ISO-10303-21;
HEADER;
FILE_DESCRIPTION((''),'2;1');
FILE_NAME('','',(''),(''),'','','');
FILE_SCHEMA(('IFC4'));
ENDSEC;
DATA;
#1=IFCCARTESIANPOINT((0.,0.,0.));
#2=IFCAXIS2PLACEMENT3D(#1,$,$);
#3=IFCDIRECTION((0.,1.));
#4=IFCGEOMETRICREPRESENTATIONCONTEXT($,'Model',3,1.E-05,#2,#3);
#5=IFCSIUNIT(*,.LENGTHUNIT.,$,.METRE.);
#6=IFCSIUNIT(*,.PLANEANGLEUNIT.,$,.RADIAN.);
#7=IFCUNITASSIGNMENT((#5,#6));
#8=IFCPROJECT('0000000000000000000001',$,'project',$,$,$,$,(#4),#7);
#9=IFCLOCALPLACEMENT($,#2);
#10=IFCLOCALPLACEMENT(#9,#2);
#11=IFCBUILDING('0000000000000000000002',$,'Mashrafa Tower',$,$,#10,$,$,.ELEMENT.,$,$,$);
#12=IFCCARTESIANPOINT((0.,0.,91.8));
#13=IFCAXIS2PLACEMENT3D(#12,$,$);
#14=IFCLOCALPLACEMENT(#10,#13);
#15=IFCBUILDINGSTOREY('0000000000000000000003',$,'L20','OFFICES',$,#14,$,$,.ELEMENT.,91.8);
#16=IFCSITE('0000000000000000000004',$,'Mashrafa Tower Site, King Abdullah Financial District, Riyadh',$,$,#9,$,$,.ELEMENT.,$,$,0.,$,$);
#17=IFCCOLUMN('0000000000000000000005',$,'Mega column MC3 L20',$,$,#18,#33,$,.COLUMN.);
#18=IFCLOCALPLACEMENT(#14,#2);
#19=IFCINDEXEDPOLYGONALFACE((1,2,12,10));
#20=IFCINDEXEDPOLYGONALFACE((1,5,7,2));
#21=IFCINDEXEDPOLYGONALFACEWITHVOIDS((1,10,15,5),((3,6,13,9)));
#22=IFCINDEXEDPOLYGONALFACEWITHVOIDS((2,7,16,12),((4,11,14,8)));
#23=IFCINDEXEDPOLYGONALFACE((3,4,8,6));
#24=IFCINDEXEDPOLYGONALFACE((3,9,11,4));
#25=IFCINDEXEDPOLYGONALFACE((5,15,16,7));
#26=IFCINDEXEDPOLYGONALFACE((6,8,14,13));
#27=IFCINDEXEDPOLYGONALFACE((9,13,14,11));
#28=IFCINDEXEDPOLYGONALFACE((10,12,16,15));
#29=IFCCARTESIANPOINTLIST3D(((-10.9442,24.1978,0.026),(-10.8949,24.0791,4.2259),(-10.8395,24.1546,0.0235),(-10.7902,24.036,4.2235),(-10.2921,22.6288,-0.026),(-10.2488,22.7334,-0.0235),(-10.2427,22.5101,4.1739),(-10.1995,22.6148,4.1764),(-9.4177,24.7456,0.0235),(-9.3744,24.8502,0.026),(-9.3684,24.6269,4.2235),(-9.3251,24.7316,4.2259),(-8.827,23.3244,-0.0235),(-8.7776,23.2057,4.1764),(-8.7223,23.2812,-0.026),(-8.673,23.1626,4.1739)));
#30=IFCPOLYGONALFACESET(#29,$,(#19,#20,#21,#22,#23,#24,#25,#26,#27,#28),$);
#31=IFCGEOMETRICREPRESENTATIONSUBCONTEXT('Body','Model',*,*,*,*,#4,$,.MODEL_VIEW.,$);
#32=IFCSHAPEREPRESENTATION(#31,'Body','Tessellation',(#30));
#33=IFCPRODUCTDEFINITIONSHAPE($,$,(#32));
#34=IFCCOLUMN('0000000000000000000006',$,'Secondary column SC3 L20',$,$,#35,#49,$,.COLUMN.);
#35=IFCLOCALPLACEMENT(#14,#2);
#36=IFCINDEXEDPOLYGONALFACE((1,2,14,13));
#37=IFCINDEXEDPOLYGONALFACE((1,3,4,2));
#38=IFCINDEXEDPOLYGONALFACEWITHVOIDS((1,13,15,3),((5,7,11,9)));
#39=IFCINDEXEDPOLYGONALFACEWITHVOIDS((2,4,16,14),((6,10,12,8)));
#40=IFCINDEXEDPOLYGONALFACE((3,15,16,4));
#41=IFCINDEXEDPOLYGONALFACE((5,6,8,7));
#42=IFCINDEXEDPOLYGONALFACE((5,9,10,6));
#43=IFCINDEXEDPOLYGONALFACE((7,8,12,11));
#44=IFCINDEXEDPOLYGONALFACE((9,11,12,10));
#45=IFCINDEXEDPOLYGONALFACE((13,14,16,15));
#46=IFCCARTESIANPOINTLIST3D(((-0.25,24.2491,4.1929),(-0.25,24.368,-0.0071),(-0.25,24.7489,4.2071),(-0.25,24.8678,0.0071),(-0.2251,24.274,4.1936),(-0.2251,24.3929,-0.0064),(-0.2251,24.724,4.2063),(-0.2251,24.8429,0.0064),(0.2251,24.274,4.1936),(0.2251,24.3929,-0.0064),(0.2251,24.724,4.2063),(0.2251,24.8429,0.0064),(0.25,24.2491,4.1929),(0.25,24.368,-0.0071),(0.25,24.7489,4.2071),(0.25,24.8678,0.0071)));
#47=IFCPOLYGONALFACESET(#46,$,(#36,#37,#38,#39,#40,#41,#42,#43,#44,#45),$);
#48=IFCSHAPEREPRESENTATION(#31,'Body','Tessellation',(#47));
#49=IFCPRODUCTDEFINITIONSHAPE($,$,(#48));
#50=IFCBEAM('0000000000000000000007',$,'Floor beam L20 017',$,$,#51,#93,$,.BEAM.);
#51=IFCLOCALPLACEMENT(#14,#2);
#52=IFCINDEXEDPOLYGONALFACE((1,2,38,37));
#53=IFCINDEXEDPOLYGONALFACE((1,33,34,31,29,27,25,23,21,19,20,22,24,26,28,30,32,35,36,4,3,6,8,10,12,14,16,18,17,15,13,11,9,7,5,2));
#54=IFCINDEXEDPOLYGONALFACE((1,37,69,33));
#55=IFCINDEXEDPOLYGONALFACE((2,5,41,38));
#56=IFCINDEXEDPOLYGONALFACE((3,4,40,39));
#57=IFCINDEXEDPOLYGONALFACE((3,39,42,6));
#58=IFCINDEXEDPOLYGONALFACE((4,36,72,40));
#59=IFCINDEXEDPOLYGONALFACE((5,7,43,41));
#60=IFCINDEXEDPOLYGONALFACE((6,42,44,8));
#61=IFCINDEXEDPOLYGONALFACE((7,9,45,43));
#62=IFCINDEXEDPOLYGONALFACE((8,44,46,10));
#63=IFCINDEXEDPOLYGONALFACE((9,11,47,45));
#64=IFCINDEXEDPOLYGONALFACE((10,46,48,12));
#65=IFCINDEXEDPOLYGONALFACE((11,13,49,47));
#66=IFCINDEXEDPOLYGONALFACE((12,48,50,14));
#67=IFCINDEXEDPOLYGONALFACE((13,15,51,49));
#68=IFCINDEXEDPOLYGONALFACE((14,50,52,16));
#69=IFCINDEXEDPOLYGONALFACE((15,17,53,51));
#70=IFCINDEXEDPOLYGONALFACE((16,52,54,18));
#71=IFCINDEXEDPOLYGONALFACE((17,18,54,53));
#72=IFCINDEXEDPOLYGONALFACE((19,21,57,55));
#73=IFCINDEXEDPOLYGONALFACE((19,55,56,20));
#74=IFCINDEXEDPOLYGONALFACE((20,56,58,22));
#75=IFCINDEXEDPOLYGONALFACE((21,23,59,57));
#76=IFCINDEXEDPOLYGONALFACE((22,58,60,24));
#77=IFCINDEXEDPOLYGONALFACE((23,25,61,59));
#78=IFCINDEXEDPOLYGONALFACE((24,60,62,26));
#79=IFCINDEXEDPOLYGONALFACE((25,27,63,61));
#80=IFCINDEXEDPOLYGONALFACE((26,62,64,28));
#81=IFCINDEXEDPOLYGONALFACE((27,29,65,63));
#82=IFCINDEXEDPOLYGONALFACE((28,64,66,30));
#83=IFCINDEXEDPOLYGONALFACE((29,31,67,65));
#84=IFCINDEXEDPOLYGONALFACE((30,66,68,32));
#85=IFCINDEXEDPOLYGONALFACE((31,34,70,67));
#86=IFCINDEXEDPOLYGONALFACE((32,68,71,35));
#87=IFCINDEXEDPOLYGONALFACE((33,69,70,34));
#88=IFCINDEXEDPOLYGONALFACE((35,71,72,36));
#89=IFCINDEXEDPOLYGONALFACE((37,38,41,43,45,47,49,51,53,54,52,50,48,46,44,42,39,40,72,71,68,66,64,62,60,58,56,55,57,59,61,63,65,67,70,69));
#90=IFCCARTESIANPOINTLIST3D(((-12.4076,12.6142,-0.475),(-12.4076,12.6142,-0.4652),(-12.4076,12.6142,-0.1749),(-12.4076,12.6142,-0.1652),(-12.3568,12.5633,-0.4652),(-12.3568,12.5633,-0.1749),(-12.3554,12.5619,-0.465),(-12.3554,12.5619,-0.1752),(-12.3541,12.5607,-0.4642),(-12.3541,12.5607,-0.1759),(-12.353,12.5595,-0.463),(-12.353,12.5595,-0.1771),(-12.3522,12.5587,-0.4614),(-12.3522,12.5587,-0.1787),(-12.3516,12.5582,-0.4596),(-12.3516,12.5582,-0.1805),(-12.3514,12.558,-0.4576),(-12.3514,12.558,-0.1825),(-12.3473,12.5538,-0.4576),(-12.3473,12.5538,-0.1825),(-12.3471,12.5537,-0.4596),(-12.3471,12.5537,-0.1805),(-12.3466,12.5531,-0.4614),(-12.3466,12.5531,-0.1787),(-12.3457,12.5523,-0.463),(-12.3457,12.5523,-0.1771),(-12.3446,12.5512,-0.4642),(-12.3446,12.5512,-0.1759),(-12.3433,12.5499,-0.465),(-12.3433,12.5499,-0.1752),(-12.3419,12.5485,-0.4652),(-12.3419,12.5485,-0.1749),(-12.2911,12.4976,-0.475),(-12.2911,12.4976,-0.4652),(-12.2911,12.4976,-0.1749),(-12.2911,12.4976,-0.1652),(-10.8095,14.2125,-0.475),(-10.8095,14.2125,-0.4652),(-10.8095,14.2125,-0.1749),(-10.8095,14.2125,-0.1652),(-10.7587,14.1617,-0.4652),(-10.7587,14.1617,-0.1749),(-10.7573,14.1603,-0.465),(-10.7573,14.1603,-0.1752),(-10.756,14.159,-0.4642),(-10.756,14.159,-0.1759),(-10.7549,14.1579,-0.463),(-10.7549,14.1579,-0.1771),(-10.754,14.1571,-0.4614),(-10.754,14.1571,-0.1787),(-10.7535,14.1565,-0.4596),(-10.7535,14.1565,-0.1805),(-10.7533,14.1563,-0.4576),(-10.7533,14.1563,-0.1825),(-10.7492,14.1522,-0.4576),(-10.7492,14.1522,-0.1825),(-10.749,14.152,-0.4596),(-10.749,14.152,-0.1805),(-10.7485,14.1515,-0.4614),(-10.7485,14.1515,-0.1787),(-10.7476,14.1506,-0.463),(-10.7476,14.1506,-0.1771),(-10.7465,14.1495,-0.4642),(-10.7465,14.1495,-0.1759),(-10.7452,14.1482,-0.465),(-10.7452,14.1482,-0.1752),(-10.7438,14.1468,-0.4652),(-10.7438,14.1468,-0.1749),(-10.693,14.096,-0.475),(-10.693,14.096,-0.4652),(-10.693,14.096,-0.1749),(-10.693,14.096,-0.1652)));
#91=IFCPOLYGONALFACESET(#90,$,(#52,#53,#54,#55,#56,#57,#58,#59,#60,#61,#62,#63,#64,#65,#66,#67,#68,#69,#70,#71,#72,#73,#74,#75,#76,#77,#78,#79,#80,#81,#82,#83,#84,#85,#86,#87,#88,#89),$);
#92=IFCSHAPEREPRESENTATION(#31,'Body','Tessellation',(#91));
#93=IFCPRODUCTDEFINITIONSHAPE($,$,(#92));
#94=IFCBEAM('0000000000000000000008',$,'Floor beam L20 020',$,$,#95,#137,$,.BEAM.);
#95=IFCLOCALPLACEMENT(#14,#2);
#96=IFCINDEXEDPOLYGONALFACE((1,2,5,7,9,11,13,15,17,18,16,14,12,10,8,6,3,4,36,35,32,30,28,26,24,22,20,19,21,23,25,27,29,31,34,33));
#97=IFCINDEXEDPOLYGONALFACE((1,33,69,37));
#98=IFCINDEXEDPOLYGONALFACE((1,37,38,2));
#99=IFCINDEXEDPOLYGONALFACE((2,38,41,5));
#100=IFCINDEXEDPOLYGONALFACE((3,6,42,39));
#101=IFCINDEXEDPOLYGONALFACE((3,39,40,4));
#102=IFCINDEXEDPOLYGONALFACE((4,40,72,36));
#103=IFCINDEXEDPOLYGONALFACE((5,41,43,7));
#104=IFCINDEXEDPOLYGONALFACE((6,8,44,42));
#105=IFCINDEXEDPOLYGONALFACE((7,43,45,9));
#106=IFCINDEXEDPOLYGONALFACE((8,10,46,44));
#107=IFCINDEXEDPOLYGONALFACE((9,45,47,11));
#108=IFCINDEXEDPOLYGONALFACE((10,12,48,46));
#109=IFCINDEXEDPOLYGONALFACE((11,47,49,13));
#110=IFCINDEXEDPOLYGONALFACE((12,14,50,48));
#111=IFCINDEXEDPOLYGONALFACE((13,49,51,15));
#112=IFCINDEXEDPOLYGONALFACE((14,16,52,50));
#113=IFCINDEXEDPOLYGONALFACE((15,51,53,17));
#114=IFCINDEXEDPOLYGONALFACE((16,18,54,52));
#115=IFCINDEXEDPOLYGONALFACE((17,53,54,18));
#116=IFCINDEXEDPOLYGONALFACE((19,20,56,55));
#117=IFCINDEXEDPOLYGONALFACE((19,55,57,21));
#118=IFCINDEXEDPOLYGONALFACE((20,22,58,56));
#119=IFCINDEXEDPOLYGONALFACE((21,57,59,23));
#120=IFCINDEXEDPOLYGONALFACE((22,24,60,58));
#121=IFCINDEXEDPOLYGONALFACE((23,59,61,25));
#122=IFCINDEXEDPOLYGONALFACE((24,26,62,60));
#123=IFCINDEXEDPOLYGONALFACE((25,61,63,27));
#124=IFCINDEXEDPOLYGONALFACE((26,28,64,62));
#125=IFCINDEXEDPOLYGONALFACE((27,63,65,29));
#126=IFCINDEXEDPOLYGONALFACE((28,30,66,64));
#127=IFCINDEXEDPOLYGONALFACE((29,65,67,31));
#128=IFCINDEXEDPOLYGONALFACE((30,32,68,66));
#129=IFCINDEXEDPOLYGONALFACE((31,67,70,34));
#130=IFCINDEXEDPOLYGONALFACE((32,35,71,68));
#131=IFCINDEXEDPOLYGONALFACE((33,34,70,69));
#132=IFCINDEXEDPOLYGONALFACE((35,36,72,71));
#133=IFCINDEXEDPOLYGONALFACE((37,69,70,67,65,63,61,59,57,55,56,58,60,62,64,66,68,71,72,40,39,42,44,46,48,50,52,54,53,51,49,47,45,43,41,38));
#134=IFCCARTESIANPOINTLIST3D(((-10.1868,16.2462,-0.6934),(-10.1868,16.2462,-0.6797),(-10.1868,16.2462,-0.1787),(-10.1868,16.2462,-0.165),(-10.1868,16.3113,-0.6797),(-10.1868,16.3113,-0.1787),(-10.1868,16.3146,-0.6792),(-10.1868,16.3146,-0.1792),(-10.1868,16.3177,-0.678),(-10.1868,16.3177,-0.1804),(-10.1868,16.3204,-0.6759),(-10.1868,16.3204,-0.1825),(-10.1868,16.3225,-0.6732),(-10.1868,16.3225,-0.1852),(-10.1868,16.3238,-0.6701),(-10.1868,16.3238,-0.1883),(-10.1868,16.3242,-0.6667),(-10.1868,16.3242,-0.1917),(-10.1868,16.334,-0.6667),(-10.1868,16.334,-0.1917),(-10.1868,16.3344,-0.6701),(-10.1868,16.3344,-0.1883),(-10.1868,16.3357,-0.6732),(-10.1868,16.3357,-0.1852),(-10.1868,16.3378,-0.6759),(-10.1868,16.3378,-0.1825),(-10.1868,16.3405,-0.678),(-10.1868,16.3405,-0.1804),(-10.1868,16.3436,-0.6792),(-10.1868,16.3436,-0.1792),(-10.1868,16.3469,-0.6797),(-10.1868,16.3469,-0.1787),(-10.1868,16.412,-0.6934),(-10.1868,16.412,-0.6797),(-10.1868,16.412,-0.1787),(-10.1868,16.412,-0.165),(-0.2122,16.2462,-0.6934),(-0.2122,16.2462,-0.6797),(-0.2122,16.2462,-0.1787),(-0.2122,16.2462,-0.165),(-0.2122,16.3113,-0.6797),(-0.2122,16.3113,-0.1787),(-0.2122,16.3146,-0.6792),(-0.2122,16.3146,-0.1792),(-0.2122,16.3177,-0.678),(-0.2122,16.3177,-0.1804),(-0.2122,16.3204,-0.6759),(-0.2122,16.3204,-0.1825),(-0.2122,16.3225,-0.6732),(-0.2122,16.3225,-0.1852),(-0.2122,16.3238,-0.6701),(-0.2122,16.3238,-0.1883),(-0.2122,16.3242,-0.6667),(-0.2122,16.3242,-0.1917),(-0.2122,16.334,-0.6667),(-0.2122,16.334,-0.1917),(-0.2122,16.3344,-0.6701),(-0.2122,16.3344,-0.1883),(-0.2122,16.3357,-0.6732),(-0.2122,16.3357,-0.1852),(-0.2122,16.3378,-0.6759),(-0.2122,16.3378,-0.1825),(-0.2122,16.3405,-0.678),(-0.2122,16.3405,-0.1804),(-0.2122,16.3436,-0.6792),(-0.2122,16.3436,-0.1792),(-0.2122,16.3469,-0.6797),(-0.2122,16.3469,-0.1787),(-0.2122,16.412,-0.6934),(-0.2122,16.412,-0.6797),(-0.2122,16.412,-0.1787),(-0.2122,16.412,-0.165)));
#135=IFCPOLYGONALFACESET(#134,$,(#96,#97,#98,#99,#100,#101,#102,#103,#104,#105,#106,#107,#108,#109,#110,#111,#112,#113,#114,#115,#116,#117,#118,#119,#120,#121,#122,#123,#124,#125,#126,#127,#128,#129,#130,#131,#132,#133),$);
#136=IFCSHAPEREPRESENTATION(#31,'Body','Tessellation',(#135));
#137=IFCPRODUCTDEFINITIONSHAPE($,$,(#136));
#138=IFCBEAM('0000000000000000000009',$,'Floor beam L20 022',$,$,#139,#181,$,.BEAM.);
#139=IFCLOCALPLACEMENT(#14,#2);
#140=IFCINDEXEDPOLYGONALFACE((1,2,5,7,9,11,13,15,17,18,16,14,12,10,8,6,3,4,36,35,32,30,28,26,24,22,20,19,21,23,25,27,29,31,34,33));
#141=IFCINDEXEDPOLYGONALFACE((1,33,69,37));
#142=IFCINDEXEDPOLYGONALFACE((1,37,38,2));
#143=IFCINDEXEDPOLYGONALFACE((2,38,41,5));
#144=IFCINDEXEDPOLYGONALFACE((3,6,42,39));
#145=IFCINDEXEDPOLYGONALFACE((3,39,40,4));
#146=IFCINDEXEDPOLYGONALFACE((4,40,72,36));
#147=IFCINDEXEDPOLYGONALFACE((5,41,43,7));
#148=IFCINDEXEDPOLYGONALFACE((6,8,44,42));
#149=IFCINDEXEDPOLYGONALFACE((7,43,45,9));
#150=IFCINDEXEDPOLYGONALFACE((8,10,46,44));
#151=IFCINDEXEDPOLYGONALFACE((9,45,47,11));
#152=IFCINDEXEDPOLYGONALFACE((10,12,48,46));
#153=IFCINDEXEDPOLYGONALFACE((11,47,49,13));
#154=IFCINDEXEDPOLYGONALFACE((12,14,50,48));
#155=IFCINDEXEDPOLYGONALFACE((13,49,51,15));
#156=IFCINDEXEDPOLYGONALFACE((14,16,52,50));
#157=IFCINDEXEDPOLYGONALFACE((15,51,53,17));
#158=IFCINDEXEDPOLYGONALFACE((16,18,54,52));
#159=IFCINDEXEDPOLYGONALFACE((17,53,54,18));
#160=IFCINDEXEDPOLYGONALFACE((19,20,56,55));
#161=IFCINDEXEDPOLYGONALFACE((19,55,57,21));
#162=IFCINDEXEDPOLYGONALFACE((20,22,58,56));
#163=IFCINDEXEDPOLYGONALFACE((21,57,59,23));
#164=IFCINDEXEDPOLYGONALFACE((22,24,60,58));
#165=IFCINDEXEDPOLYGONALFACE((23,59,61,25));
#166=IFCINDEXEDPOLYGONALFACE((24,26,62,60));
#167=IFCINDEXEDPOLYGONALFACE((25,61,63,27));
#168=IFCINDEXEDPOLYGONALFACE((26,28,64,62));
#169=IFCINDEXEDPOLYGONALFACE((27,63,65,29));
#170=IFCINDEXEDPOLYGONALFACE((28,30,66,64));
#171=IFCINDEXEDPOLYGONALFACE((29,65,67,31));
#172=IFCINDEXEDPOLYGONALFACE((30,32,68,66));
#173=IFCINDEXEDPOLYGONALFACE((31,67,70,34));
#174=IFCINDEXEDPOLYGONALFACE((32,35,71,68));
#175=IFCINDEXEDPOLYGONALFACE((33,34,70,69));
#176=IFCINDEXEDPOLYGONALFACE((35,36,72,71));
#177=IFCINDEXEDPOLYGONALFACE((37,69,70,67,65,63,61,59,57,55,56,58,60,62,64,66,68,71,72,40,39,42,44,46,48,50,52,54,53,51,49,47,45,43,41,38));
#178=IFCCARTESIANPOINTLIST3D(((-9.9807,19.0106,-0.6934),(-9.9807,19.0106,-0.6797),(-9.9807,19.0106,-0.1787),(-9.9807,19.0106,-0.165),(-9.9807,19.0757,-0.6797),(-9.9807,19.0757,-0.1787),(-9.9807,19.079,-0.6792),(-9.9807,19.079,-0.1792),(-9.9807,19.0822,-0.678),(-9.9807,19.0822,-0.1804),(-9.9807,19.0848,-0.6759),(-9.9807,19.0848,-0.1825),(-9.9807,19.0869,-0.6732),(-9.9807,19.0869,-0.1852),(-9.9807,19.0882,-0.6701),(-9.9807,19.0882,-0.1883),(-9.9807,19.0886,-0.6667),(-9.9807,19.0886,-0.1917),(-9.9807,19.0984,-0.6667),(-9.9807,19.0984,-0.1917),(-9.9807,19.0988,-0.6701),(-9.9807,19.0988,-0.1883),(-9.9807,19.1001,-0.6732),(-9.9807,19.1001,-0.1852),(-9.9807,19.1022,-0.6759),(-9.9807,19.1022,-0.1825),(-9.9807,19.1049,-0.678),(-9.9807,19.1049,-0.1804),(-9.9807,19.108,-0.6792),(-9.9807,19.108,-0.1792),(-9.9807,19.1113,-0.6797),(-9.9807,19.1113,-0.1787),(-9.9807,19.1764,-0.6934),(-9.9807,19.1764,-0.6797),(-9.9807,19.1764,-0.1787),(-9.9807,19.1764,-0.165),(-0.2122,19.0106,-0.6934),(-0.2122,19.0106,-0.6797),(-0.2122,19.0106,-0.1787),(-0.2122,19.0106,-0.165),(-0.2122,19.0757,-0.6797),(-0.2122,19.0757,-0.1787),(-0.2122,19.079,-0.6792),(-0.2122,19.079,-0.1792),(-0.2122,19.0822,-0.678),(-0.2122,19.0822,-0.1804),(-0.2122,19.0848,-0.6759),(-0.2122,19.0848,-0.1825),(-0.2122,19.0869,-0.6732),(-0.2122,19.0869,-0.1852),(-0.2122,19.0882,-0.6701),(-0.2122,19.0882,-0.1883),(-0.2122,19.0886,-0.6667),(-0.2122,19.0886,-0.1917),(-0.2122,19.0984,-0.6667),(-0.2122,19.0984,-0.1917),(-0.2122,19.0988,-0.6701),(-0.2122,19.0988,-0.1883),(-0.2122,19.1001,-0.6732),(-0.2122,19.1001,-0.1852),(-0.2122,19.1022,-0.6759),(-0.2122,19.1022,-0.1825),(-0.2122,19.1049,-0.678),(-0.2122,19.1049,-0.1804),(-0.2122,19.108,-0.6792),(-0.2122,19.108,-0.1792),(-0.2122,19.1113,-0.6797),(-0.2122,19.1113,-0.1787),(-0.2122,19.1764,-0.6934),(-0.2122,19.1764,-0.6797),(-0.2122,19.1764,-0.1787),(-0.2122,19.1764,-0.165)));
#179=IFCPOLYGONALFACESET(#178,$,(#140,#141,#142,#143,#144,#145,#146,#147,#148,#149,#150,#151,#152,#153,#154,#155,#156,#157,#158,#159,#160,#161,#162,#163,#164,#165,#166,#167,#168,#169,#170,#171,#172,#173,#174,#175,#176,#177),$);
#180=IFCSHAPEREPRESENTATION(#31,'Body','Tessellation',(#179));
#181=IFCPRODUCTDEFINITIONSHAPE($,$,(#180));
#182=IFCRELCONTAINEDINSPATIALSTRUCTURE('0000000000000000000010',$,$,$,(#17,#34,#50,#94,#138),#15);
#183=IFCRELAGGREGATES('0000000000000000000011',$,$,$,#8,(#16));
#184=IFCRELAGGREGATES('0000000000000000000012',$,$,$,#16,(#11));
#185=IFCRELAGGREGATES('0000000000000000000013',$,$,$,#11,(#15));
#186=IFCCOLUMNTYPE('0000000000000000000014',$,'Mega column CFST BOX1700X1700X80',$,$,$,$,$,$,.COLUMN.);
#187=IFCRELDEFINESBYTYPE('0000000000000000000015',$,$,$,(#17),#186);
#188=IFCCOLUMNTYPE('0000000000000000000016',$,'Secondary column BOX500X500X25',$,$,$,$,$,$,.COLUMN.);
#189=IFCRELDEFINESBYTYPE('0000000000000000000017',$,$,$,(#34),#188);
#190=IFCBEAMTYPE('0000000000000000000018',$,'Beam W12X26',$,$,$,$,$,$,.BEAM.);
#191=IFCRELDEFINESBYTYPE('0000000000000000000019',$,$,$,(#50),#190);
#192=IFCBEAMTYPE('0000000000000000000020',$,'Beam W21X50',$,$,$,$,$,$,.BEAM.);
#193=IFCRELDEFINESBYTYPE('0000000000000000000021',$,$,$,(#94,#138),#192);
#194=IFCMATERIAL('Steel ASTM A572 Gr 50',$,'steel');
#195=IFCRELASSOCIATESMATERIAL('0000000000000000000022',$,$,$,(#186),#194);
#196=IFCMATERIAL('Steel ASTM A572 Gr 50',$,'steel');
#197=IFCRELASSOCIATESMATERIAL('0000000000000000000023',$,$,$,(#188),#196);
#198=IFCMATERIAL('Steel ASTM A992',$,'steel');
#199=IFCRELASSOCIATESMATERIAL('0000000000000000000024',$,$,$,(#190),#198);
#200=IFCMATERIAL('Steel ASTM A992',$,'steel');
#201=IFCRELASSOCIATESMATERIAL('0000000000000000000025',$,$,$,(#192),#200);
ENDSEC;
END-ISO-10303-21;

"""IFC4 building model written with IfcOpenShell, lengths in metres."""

from ifc_helpers import new_model, si_unit, direction, frame, origin, origin_2d, place, context, subcontext, project, spatial, hollow_rectangle, i_section, extrude, material, material_profile, profile_set, type_object, element, save


model = new_model("IFC4")

# Units and contexts
model_context = context("Model", 3, precision=1e-05, world=origin(), true_north=direction((0.0, 1.0)))
body_context = subcontext(model_context, "Body", "Model", "MODEL_VIEW")
ifc_project = project(units=[si_unit("LENGTHUNIT", "METRE"), si_unit("PLANEANGLEUNIT", "RADIAN")], contexts=[model_context])

# Site, building, storey
site_placement = place(None, origin())
site = spatial("IfcSite", under=ifc_project, at=site_placement, Name="Mashrafa Tower Site, King Abdullah Financial District, Riyadh", CompositionType="ELEMENT", RefElevation=0.0)
building_placement = place(site_placement, origin())
building = spatial("IfcBuilding", under=site, at=building_placement, Name="Mashrafa Tower", CompositionType="ELEMENT")
storey_placement = place(building_placement, frame((0.0, 0.0, 91.8)))
storey = spatial("IfcBuildingStorey", under=building, at=storey_placement, Name="L20", Description="OFFICES", CompositionType="ELEMENT", Elevation=91.8)

# Columns
ifc_material_1 = material(Name="Steel ASTM A572 Gr 50", Category="steel")
ifc_material_profile_1 = material_profile(ifc_material_1, hollow_rectangle(XDim=1.7, YDim=1.7, WallThickness=0.0801, at=origin_2d()), Name="BOX1700X1700X80")
ifc_profile_set_1 = profile_set([ifc_material_profile_1], Name="Steel ASTM A572 Gr 50")
column_type_1 = type_object("IfcColumnType", Name="Mega column CFST BOX1700X1700X80", PredefinedType="COLUMN", material=ifc_profile_set_1)
column_1_placement = place(storey_placement, frame((-9.8333, 23.7395, 0.0), z_axis=(0.011737, -0.028238, 0.999532), x_axis=(0.923414, 0.383806, 0.0)))
element("IfcColumn", 1, at=column_1_placement, inside=storey, type_object=column_type_1, Name="Mega column MC3 L20", PredefinedType="COLUMN", context=body_context, shape_type="SweptSolid", body=[
    extrude(hollow_rectangle(XDim=1.7, YDim=1.7, WallThickness=0.0801, at=origin_2d()), origin(), (0.0, 0.0, 1.0), 4.2019),
])
ifc_material_2 = material(Name="Steel ASTM A572 Gr 50", Category="steel")
ifc_material_profile_2 = material_profile(ifc_material_2, hollow_rectangle(XDim=0.5, YDim=0.5, WallThickness=0.0249, at=origin_2d()), Name="BOX500X500X25")
ifc_profile_set_2 = profile_set([ifc_material_profile_2], Name="Steel ASTM A572 Gr 50")
column_type_2 = type_object("IfcColumnType", Name="Secondary column BOX500X500X25", PredefinedType="COLUMN", material=ifc_profile_set_2)
column_2_placement = place(storey_placement, frame((0.0, 24.6179, 0.0), z_axis=(0.0, -0.028298, 0.9996), x_axis=(1.0, 0.0, 0.0)))
element("IfcColumn", 2, at=column_2_placement, inside=storey, type_object=column_type_2, Name="Secondary column SC3 L20", PredefinedType="COLUMN", context=body_context, shape_type="SweptSolid", body=[
    extrude(hollow_rectangle(XDim=0.5, YDim=0.5, WallThickness=0.0249, at=origin_2d()), origin(), (0.0, 0.0, 1.0), 4.2017),
])

# Beams
ifc_material_3 = material(Name="Steel ASTM A992", Category="steel")
ifc_material_profile_3 = material_profile(ifc_material_3, i_section(OverallWidth=0.1648, OverallDepth=0.3098, WebThickness=0.0059, FlangeThickness=0.0098, FilletRadius=0.0076, at=origin_2d()), Name="W12X26")
ifc_profile_set_3 = profile_set([ifc_material_profile_3], Name="Steel ASTM A992")
beam_type_1 = type_object("IfcBeamType", Name="Beam W12X26", PredefinedType="BEAM", material=ifc_profile_set_3)
beam_1_placement = place(storey_placement, frame((-12.3494, 12.5559, -0.3201), z_axis=(0.707053, 0.707161, 0.0), x_axis=(-0.707161, 0.707053, 0.0)))
element("IfcBeam", 3, at=beam_1_placement, inside=storey, type_object=beam_type_1, Name="Floor beam L20 017", PredefinedType="BEAM", context=body_context, shape_type="SweptSolid", body=[
    extrude(i_section(OverallWidth=0.1648, OverallDepth=0.3098, WebThickness=0.0059, FlangeThickness=0.0098, FilletRadius=0.0076, at=origin_2d()), origin(), (0.0, 0.0, 1.0), 2.2603),
])
ifc_material_4 = material(Name="Steel ASTM A992", Category="steel")
ifc_material_profile_4 = material_profile(ifc_material_4, i_section(OverallWidth=0.1658, OverallDepth=0.5283, WebThickness=0.0098, FlangeThickness=0.0137, FilletRadius=0.0129, at=origin_2d()), Name="W21X50")
ifc_profile_set_4 = profile_set([ifc_material_profile_4], Name="Steel ASTM A992")
beam_type_2 = type_object("IfcBeamType", Name="Beam W21X50", PredefinedType="BEAM", material=ifc_profile_set_4)
beam_2_placement = place(storey_placement, frame((-10.1868, 16.3291, -0.4292), z_axis=(1.0, 0.0, 0.0), x_axis=(0.0, 1.0, 0.0)))
element("IfcBeam", 4, at=beam_2_placement, inside=storey, type_object=beam_type_2, Name="Floor beam L20 020", PredefinedType="BEAM", context=body_context, shape_type="SweptSolid", body=[
    extrude(i_section(OverallWidth=0.1658, OverallDepth=0.5283, WebThickness=0.0098, FlangeThickness=0.0137, FilletRadius=0.0129, at=origin_2d()), origin(), (0.0, 0.0, 1.0), 9.9746),
])
beam_3_placement = place(storey_placement, frame((-9.9807, 19.0935, -0.4292), z_axis=(1.0, 0.0, 0.0), x_axis=(0.0, 1.0, 0.0)))
element("IfcBeam", 5, at=beam_3_placement, inside=storey, type_object=beam_type_2, Name="Floor beam L20 022", PredefinedType="BEAM", context=body_context, shape_type="SweptSolid", body=[
    extrude(i_section(OverallWidth=0.1658, OverallDepth=0.5283, WebThickness=0.0098, FlangeThickness=0.0137, FilletRadius=0.0129, at=origin_2d()), origin(), (0.0, 0.0, 1.0), 9.7686),
])

save(model, "model.ifc")
